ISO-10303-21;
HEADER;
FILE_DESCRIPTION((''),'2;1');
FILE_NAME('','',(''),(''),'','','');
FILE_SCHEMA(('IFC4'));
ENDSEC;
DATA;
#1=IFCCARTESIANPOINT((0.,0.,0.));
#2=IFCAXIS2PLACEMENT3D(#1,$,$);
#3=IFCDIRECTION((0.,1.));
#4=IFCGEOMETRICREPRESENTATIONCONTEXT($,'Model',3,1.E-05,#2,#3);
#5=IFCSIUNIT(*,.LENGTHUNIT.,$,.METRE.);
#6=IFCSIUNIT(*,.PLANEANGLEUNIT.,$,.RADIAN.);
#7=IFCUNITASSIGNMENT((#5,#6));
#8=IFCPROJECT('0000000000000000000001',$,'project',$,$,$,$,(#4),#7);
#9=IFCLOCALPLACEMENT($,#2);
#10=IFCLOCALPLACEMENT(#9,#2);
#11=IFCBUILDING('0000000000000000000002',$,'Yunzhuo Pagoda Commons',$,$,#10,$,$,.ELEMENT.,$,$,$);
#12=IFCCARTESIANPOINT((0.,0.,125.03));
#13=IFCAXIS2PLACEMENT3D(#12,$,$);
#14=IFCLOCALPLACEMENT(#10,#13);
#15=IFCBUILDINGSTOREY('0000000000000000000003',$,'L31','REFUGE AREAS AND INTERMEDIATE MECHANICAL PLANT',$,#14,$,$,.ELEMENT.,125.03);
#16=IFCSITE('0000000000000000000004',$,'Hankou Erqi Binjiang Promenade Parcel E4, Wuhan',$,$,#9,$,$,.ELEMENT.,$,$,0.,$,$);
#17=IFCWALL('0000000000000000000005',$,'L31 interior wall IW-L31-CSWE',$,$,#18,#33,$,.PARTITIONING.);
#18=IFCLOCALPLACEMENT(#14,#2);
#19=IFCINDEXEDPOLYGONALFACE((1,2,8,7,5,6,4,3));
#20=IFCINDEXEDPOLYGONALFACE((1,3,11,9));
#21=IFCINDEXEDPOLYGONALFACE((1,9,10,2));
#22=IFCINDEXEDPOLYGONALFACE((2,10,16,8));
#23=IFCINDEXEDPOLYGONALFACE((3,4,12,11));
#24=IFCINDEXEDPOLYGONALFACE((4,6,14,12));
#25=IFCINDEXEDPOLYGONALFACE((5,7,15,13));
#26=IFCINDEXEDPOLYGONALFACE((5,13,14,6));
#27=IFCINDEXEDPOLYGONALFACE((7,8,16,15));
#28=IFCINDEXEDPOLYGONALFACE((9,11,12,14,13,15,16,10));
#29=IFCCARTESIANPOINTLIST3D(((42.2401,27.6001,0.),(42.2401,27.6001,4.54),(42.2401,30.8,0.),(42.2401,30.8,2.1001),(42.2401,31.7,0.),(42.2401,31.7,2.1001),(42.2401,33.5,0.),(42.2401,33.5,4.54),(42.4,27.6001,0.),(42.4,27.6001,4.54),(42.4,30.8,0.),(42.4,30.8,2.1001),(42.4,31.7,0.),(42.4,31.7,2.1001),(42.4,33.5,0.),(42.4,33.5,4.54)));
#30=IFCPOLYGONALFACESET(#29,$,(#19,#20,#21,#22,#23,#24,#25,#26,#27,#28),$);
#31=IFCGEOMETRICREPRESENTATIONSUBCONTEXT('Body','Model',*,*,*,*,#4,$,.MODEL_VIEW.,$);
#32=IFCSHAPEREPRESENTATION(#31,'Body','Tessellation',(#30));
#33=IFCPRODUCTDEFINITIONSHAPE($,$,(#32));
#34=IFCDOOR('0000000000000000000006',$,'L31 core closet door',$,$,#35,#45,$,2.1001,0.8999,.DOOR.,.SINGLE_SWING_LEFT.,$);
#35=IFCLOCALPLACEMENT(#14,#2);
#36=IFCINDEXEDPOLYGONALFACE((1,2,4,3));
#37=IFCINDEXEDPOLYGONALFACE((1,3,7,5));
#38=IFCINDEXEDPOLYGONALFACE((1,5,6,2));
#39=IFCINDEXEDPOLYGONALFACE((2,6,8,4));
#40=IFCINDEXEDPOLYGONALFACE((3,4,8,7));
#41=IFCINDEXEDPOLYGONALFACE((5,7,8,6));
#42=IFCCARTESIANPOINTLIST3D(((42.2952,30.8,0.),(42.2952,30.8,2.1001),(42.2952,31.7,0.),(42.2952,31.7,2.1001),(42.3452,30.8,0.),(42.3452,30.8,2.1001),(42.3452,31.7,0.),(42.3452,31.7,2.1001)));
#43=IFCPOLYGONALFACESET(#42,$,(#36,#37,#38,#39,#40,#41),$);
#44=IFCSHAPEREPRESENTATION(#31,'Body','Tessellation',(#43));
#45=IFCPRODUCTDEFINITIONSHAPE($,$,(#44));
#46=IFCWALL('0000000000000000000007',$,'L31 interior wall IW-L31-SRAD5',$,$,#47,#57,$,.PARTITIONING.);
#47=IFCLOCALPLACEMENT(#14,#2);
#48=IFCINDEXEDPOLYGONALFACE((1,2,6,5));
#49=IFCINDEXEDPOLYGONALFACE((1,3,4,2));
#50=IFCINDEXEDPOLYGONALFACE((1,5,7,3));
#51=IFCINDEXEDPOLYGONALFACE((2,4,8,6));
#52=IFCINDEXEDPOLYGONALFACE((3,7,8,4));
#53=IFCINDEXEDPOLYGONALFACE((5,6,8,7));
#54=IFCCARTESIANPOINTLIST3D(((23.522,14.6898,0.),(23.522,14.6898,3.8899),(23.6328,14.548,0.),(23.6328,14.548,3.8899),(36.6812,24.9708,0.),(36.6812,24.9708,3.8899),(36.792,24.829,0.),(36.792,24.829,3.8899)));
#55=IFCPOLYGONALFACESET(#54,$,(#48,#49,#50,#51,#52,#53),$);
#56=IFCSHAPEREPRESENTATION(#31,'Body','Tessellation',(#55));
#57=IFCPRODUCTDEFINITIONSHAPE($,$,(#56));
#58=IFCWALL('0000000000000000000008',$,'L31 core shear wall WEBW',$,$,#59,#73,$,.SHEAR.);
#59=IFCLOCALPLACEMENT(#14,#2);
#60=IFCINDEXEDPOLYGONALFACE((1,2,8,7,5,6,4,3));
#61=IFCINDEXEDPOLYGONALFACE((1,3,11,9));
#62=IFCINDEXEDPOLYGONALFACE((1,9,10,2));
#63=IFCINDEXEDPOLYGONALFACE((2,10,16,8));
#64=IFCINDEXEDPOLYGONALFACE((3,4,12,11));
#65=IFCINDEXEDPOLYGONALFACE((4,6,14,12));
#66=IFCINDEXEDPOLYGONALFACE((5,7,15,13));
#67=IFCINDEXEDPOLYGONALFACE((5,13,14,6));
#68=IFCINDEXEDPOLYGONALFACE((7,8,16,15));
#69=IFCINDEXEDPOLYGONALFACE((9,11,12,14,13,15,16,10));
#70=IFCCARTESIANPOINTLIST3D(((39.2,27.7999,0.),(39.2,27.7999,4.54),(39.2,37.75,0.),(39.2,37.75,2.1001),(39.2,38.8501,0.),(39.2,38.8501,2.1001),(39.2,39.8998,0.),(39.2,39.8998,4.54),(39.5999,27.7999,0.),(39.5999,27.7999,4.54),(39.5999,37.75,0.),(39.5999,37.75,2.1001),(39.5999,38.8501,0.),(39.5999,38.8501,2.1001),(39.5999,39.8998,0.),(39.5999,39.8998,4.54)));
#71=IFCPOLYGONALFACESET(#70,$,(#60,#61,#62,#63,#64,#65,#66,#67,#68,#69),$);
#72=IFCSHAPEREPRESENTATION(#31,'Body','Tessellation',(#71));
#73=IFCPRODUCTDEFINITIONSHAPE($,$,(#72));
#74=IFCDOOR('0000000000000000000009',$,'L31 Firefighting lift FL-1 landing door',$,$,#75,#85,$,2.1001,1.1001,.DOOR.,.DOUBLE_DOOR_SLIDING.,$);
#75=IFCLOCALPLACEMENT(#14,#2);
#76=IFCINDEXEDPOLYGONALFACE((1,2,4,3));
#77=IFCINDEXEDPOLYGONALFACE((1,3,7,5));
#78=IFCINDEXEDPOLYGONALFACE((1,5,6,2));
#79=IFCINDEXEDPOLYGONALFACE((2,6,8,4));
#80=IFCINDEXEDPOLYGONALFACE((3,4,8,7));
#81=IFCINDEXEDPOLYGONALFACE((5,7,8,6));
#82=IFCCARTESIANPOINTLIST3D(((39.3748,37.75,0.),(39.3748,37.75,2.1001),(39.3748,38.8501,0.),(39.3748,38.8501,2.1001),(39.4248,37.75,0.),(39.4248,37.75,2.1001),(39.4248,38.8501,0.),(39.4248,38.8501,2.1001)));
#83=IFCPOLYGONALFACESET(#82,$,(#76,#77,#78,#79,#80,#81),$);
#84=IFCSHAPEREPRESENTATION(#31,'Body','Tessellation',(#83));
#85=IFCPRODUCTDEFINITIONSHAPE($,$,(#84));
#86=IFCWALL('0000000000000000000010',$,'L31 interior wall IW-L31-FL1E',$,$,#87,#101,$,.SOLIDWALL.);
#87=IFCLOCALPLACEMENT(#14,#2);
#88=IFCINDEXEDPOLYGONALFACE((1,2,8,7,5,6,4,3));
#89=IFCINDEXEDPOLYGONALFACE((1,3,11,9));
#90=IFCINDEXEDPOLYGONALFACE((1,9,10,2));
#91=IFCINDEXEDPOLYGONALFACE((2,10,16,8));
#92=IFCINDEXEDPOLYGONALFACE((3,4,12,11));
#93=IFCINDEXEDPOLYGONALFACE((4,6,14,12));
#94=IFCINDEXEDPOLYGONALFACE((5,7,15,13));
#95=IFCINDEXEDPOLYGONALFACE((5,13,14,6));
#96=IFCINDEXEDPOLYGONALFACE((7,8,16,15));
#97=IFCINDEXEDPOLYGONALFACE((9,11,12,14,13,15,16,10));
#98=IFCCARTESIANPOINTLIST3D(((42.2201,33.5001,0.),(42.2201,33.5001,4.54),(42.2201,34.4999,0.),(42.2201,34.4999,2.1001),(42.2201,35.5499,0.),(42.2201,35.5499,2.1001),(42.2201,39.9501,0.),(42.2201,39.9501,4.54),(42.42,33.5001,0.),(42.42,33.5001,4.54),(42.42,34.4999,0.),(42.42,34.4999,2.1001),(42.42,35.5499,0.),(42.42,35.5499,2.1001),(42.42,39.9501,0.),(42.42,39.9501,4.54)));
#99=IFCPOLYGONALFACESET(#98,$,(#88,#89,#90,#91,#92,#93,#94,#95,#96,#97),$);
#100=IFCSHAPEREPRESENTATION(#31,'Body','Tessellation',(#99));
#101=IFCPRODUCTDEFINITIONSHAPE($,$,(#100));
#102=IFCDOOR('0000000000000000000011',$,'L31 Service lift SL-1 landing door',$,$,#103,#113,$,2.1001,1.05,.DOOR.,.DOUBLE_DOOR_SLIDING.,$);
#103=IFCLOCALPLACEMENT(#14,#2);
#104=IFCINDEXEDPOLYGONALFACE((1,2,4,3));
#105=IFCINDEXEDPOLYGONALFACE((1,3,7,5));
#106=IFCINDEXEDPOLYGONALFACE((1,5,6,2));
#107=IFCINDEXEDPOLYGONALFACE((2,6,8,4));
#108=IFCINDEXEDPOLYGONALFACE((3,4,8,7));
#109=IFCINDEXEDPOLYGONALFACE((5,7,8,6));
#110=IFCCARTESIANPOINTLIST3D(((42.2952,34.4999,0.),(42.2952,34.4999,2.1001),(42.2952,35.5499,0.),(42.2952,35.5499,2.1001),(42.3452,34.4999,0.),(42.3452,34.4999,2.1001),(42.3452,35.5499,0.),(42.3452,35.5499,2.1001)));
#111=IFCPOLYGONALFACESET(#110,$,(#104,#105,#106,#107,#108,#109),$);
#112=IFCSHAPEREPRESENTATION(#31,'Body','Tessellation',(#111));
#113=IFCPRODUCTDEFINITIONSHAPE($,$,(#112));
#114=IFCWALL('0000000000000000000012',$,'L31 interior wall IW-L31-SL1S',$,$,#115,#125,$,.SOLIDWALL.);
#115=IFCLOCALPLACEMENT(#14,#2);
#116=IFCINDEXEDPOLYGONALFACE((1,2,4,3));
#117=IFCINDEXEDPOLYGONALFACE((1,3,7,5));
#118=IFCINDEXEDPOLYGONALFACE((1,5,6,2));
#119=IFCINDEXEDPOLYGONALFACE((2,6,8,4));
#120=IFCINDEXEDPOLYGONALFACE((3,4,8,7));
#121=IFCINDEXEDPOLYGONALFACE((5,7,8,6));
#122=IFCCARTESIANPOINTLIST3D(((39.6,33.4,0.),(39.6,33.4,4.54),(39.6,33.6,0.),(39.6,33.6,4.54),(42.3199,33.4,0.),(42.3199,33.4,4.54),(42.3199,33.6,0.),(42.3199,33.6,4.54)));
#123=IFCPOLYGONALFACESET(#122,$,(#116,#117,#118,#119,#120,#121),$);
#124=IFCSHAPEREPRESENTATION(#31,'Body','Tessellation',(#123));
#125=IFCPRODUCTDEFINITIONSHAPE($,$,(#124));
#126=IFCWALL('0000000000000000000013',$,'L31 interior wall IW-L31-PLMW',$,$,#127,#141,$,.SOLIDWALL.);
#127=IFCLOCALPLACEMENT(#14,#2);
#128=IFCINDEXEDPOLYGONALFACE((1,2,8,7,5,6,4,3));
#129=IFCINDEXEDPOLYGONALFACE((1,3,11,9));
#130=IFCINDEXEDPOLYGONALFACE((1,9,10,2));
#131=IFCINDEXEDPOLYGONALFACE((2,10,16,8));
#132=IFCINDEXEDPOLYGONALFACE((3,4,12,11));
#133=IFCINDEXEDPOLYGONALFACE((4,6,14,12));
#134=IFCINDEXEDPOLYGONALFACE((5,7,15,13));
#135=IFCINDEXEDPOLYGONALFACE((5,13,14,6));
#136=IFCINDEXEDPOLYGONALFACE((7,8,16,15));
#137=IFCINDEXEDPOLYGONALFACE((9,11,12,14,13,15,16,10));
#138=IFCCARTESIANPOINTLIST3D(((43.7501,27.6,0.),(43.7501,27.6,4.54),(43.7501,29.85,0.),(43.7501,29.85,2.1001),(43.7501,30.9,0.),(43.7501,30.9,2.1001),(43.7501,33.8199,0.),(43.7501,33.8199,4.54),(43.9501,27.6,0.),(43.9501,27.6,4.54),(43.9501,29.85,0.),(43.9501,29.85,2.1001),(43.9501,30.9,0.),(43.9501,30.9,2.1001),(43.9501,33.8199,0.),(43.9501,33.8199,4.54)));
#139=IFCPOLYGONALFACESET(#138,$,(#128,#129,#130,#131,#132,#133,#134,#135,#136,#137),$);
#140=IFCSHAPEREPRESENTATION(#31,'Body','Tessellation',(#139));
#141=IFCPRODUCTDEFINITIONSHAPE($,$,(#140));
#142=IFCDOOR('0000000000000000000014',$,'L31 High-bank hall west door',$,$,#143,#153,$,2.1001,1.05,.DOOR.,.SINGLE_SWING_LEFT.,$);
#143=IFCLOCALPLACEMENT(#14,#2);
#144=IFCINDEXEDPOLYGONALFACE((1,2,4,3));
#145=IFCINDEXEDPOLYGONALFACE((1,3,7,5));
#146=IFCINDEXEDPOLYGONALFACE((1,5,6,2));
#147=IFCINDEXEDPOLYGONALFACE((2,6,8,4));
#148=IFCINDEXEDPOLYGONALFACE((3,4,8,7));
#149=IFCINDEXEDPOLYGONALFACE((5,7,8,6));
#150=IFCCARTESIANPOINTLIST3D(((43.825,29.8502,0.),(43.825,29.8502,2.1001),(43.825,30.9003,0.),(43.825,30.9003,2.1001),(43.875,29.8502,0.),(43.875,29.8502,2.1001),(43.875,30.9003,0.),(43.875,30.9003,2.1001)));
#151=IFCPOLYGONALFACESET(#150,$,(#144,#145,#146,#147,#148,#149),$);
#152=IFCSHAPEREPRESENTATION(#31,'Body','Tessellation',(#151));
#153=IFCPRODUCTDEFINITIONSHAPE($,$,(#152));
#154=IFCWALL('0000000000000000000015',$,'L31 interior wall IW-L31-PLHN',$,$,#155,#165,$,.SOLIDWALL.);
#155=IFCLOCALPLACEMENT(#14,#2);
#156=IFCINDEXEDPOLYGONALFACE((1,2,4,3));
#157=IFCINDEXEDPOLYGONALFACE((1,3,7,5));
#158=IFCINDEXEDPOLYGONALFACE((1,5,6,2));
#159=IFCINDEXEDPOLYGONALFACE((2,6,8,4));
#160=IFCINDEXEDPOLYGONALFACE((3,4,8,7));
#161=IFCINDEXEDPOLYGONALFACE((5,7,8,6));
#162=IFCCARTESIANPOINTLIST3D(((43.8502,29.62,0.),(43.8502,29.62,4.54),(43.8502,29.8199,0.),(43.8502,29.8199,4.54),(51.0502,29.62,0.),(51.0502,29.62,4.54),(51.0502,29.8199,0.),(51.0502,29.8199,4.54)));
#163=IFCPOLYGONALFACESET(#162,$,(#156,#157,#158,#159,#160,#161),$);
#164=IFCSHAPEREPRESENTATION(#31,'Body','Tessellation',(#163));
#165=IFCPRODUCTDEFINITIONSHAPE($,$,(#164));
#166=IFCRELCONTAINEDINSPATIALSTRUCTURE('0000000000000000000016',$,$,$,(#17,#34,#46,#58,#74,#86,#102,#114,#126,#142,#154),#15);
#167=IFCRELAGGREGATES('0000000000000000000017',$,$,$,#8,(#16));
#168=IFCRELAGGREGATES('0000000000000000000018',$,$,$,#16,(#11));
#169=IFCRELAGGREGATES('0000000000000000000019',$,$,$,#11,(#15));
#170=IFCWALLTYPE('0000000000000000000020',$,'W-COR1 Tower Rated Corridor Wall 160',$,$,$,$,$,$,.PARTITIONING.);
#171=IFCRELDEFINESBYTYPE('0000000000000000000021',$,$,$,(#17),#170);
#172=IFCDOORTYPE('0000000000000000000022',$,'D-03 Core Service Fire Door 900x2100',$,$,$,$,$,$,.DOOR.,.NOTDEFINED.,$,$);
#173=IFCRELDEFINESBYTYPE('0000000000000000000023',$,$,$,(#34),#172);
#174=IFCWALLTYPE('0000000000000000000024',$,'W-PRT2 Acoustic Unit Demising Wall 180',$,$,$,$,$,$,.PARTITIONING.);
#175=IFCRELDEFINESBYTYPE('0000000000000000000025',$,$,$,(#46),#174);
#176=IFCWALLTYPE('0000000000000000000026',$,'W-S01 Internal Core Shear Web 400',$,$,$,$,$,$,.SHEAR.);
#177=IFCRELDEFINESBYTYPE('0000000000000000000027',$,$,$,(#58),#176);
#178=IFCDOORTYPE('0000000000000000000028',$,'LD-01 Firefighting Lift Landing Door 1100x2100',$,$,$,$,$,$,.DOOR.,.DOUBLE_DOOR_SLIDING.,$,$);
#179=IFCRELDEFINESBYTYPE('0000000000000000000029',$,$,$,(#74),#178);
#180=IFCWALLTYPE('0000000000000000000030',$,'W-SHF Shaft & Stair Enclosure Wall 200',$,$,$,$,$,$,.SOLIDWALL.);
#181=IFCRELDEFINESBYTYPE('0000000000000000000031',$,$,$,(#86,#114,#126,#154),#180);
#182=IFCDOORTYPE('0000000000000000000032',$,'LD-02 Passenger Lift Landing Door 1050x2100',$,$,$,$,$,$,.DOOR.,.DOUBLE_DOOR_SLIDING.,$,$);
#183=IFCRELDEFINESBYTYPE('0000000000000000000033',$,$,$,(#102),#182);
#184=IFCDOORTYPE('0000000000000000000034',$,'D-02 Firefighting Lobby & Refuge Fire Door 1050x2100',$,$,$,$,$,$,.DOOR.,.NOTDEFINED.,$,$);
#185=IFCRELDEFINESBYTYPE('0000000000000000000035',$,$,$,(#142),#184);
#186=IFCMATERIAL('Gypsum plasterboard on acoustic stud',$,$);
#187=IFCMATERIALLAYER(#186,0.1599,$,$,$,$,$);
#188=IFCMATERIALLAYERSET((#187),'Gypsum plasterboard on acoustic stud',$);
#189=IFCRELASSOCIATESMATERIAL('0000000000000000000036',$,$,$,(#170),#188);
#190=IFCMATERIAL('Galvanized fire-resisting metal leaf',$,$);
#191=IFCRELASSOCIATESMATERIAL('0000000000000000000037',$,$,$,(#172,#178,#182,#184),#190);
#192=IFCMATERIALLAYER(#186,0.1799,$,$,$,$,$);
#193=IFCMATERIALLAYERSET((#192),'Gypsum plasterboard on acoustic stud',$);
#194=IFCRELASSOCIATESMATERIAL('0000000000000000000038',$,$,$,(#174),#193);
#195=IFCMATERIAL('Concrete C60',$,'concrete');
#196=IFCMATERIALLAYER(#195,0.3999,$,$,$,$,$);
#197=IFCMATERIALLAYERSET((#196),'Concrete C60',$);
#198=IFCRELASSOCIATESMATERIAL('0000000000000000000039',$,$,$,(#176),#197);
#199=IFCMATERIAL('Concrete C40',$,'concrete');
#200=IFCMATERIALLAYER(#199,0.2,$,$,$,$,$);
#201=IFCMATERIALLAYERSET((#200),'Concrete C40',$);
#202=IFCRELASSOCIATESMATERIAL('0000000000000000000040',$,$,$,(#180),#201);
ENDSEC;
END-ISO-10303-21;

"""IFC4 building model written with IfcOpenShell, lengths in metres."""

from ifc_helpers import new_model, si_unit, direction, frame, frame_2d, origin, origin_with_axes, place, context, subcontext, project, spatial, rectangle, extrude, source, transform, mapped, material, layer, layer_set, type_object, element, fill, save


model = new_model("IFC4")

# Units and contexts
model_context = context("Model", 3, precision=1e-05, world=origin(), true_north=direction((0.0, 1.0)))
body_context = subcontext(model_context, "Body", "Model", "MODEL_VIEW")
ifc_project = project(units=[si_unit("LENGTHUNIT", "METRE"), si_unit("PLANEANGLEUNIT", "RADIAN")], contexts=[model_context])

# Site, building, storey
site_placement = place(None, origin())
site = spatial("IfcSite", under=ifc_project, at=site_placement, Name="Hankou Erqi Binjiang Promenade Parcel E4, Wuhan", CompositionType="ELEMENT", RefElevation=0.0)
building_placement = place(site_placement, origin())
building = spatial("IfcBuilding", under=site, at=building_placement, Name="Yunzhuo Pagoda Commons", CompositionType="ELEMENT")
storey_placement = place(building_placement, frame((0.0, 0.0, 125.03)))
storey = spatial("IfcBuildingStorey", under=building, at=storey_placement, Name="L31", Description="REFUGE AREAS AND INTERMEDIATE MECHANICAL PLANT", CompositionType="ELEMENT", Elevation=125.03)

# Shared definitions
ifc_material_1 = material(Name="Concrete C60", Category="concrete")

# Wall, opening, door
ifc_material_2 = material(Name="Gypsum plasterboard on acoustic stud")
ifc_layer_1 = layer(ifc_material_2, 0.1599)
ifc_layer_set_1 = layer_set([ifc_layer_1], Name="Gypsum plasterboard on acoustic stud")
wall_type_1 = type_object("IfcWallType", Name="W-COR1 Tower Rated Corridor Wall 160", PredefinedType="PARTITIONING", material=ifc_layer_set_1)
wall_1_placement = place(storey_placement, frame((42.3201, 27.6001, 0.0), z_axis=(0.0, 0.0, 1.0), x_axis=(0.0, 1.0, 0.0)))
wall_1 = element("IfcWall", 1, at=wall_1_placement, inside=storey, type_object=wall_type_1, Name="L31 interior wall IW-L31-CSWE", PredefinedType="PARTITIONING", context=body_context, shape_type="SweptSolid", body=[
    extrude(rectangle(XDim=5.8999, YDim=0.1599, at=frame_2d((2.95, 0.0))), origin(), (0.0, 0.0, 1.0), 4.54),
])
opening_1_placement = place(wall_1_placement, frame((3.2, 0.0, 0.0)))
opening_1 = element("IfcOpeningElement", 2, at=opening_1_placement, cuts=wall_1, PredefinedType="OPENING", context=body_context, shape_type="SweptSolid", body=[
    extrude(rectangle(XDim=0.8999, YDim=2.1001, at=frame_2d((0.45, 1.05))), frame((0.0, 0.0898, 0.0), z_axis=(0.0, -1.0, 0.0), x_axis=(1.0, 0.0, 0.0)), (0.0, 0.0, 1.0), 0.1799),
])
ifc_material_3 = material(Name="Galvanized fire-resisting metal leaf")
door_type_1 = type_object("IfcDoorType", Name="D-03 Core Service Fire Door 900x2100", OperationType="NOTDEFINED", PredefinedType="DOOR", material=ifc_material_3)
shared_shape_1 = source(origin(), body_context, "Body", "SweptSolid", [
    extrude(rectangle(XDim=0.8999, YDim=2.1001, at=frame_2d((0.45, 1.05))), frame((0.0, 0.0249, 0.0), z_axis=(0.0, -1.0, 0.0), x_axis=(1.0, 0.0, 0.0)), (0.0, 0.0, 1.0), 0.05),
])
door_1_placement = place(opening_1_placement, origin_with_axes())
door_1 = element("IfcDoor", 3, at=door_1_placement, inside=storey, type_object=door_type_1, Name="L31 core closet door", OperationType="SINGLE_SWING_LEFT", OverallHeight=2.1001, OverallWidth=0.8999, PredefinedType="DOOR", context=body_context, shape_type="MappedRepresentation", body=[
    mapped(shared_shape_1, transform((0.0, 0.0, 0.0), scale=1.0)),
])
fill(opening_1, door_1)

# Wall
ifc_layer_2 = layer(ifc_material_2, 0.1799)
ifc_layer_set_2 = layer_set([ifc_layer_2], Name="Gypsum plasterboard on acoustic stud")
wall_type_2 = type_object("IfcWallType", Name="W-PRT2 Acoustic Unit Demising Wall 180", PredefinedType="PARTITIONING", material=ifc_layer_set_2)
wall_2_placement = place(storey_placement, frame((36.7366, 24.8999, 0.0), z_axis=(0.0, 0.0, 1.0), x_axis=(-0.788013, -0.615659, 0.0)))
element("IfcWall", 4, at=wall_2_placement, inside=storey, type_object=wall_type_2, Name="L31 interior wall IW-L31-SRAD5", PredefinedType="PARTITIONING", context=body_context, shape_type="SweptSolid", body=[
    extrude(rectangle(XDim=16.6992, YDim=0.1799, at=frame_2d((8.3496, 0.0))), origin(), (0.0, 0.0, 1.0), 3.8899),
])

# Walls, openings, doors
ifc_layer_3 = layer(ifc_material_1, 0.3999)
ifc_layer_set_3 = layer_set([ifc_layer_3], Name="Concrete C60")
wall_type_3 = type_object("IfcWallType", Name="W-S01 Internal Core Shear Web 400", PredefinedType="SHEAR", material=ifc_layer_set_3)
wall_3_placement = place(storey_placement, frame((39.3999, 27.8, 0.0), z_axis=(0.0, 0.0, 1.0), x_axis=(0.0, 1.0, 0.0)))
wall_3 = element("IfcWall", 5, at=wall_3_placement, inside=storey, type_object=wall_type_3, Name="L31 core shear wall WEBW", PredefinedType="SHEAR", context=body_context, shape_type="SweptSolid", body=[
    extrude(rectangle(XDim=12.0999, YDim=0.3999, at=frame_2d((6.0498, 0.0))), origin(), (0.0, 0.0, 1.0), 4.54),
])
opening_2_placement = place(wall_3_placement, frame((9.95, 0.0, 0.0)))
opening_2 = element("IfcOpeningElement", 6, at=opening_2_placement, cuts=wall_3, PredefinedType="OPENING", context=body_context, shape_type="SweptSolid", body=[
    extrude(rectangle(XDim=1.1001, YDim=2.1001, at=frame_2d((0.55, 1.05))), frame((0.0, 0.21, 0.0), z_axis=(0.0, -1.0, 0.0), x_axis=(1.0, 0.0, 0.0)), (0.0, 0.0, 1.0), 0.4199),
])
door_type_2 = type_object("IfcDoorType", Name="LD-01 Firefighting Lift Landing Door 1100x2100", OperationType="DOUBLE_DOOR_SLIDING", PredefinedType="DOOR", material=ifc_material_3)
shared_shape_2 = source(origin(), body_context, "Body", "SweptSolid", [
    extrude(rectangle(XDim=1.1001, YDim=2.1001, at=frame_2d((0.55, 1.05))), frame((0.0, 0.0249, 0.0), z_axis=(0.0, -1.0, 0.0), x_axis=(1.0, 0.0, 0.0)), (0.0, 0.0, 1.0), 0.05),
])
door_2_placement = place(opening_2_placement, frame((1.1001, 0.0, 0.0), z_axis=(0.0, 0.0, 1.0), x_axis=(-1.0, 0.0, 0.0)))
door_2 = element("IfcDoor", 7, at=door_2_placement, inside=storey, type_object=door_type_2, Name="L31 Firefighting lift FL-1 landing door", OperationType="DOUBLE_DOOR_SLIDING", OverallHeight=2.1001, OverallWidth=1.1001, PredefinedType="DOOR", context=body_context, shape_type="MappedRepresentation", body=[
    mapped(shared_shape_2, transform((0.0, 0.0, 0.0), scale=1.0)),
])
fill(opening_2, door_2)
ifc_material_4 = material(Name="Concrete C40", Category="concrete")
ifc_layer_4 = layer(ifc_material_4, 0.2)
ifc_layer_set_4 = layer_set([ifc_layer_4], Name="Concrete C40")
wall_type_4 = type_object("IfcWallType", Name="W-SHF Shaft & Stair Enclosure Wall 200", PredefinedType="SOLIDWALL", material=ifc_layer_set_4)
wall_4_placement = place(storey_placement, frame((42.3201, 33.5, 0.0), z_axis=(0.0, 0.0, 1.0), x_axis=(0.0, 1.0, 0.0)))
wall_4 = element("IfcWall", 8, at=wall_4_placement, inside=storey, type_object=wall_type_4, Name="L31 interior wall IW-L31-FL1E", PredefinedType="SOLIDWALL", context=body_context, shape_type="SweptSolid", body=[
    extrude(rectangle(XDim=6.45, YDim=0.2, at=frame_2d((3.2251, 0.0))), origin(), (0.0, 0.0, 1.0), 4.54),
])
opening_3_placement = place(wall_4_placement, frame((1.0, 0.0, 0.0)))
opening_3 = element("IfcOpeningElement", 9, at=opening_3_placement, cuts=wall_4, PredefinedType="OPENING", context=body_context, shape_type="SweptSolid", body=[
    extrude(rectangle(XDim=1.05, YDim=2.1001, at=frame_2d((0.5249, 1.05))), frame((0.0, 0.1099, 0.0), z_axis=(0.0, -1.0, 0.0), x_axis=(1.0, 0.0, 0.0)), (0.0, 0.0, 1.0), 0.22),
])
door_type_3 = type_object("IfcDoorType", Name="LD-02 Passenger Lift Landing Door 1050x2100", OperationType="DOUBLE_DOOR_SLIDING", PredefinedType="DOOR", material=ifc_material_3)
shared_shape_3 = source(origin(), body_context, "Body", "SweptSolid", [
    extrude(rectangle(XDim=1.05, YDim=2.1001, at=frame_2d((0.5249, 1.05))), frame((0.0, 0.0249, 0.0), z_axis=(0.0, -1.0, 0.0), x_axis=(1.0, 0.0, 0.0)), (0.0, 0.0, 1.0), 0.05),
])
door_3_placement = place(opening_3_placement, origin_with_axes())
door_3 = element("IfcDoor", 10, at=door_3_placement, inside=storey, type_object=door_type_3, Name="L31 Service lift SL-1 landing door", OperationType="DOUBLE_DOOR_SLIDING", OverallHeight=2.1001, OverallWidth=1.05, PredefinedType="DOOR", context=body_context, shape_type="MappedRepresentation", body=[
    mapped(shared_shape_3, transform((0.0, 0.0, 0.0), scale=1.0)),
])
fill(opening_3, door_3)

# Wall
wall_5_placement = place(storey_placement, frame((39.6001, 33.5, 0.0), z_axis=(0.0, 0.0, 1.0), x_axis=(1.0, 0.0, 0.0)))
element("IfcWall", 11, at=wall_5_placement, inside=storey, type_object=wall_type_4, Name="L31 interior wall IW-L31-SL1S", PredefinedType="SOLIDWALL", context=body_context, shape_type="SweptSolid", body=[
    extrude(rectangle(XDim=2.72, YDim=0.2, at=frame_2d((1.3599, 0.0))), origin(), (0.0, 0.0, 1.0), 4.54),
])

# Wall, opening, door
wall_6_placement = place(storey_placement, frame((43.8501, 27.6001, 0.0), z_axis=(0.0, 0.0, 1.0), x_axis=(0.0, 1.0, 0.0)))
wall_6 = element("IfcWall", 12, at=wall_6_placement, inside=storey, type_object=wall_type_4, Name="L31 interior wall IW-L31-PLMW", PredefinedType="SOLIDWALL", context=body_context, shape_type="SweptSolid", body=[
    extrude(rectangle(XDim=6.22, YDim=0.2, at=frame_2d((3.1099, 0.0))), origin(), (0.0, 0.0, 1.0), 4.54),
])
opening_4_placement = place(wall_6_placement, frame((2.25, 0.0, 0.0)))
opening_4 = element("IfcOpeningElement", 13, at=opening_4_placement, cuts=wall_6, PredefinedType="OPENING", context=body_context, shape_type="SweptSolid", body=[
    extrude(rectangle(XDim=1.05, YDim=2.1001, at=frame_2d((0.5249, 1.05))), frame((0.0, 0.1099, 0.0), z_axis=(0.0, -1.0, 0.0), x_axis=(1.0, 0.0, 0.0)), (0.0, 0.0, 1.0), 0.22),
])
door_type_4 = type_object("IfcDoorType", Name="D-02 Firefighting Lobby & Refuge Fire Door 1050x2100", OperationType="NOTDEFINED", PredefinedType="DOOR", material=ifc_material_3)
door_4_placement = place(opening_4_placement, frame((1.05, 0.0, 0.0), z_axis=(0.0, 0.0, 1.0), x_axis=(-1.0, 0.0, 0.0)))
door_4 = element("IfcDoor", 14, at=door_4_placement, inside=storey, type_object=door_type_4, Name="L31 High-bank hall west door", OperationType="SINGLE_SWING_LEFT", OverallHeight=2.1001, OverallWidth=1.05, PredefinedType="DOOR", context=body_context, shape_type="MappedRepresentation", body=[
    mapped(shared_shape_3, transform((0.0, 0.0, 0.0), scale=1.0)),
])
fill(opening_4, door_4)

# Wall
wall_7_placement = place(storey_placement, frame((43.8501, 29.72, 0.0), z_axis=(0.0, 0.0, 1.0), x_axis=(1.0, 0.0, 0.0)))
element("IfcWall", 15, at=wall_7_placement, inside=storey, type_object=wall_type_4, Name="L31 interior wall IW-L31-PLHN", PredefinedType="SOLIDWALL", context=body_context, shape_type="SweptSolid", body=[
    extrude(rectangle(XDim=7.2, YDim=0.2, at=frame_2d((3.6001, 0.0))), origin(), (0.0, 0.0, 1.0), 4.54),
])

save(model, "model.ifc")
